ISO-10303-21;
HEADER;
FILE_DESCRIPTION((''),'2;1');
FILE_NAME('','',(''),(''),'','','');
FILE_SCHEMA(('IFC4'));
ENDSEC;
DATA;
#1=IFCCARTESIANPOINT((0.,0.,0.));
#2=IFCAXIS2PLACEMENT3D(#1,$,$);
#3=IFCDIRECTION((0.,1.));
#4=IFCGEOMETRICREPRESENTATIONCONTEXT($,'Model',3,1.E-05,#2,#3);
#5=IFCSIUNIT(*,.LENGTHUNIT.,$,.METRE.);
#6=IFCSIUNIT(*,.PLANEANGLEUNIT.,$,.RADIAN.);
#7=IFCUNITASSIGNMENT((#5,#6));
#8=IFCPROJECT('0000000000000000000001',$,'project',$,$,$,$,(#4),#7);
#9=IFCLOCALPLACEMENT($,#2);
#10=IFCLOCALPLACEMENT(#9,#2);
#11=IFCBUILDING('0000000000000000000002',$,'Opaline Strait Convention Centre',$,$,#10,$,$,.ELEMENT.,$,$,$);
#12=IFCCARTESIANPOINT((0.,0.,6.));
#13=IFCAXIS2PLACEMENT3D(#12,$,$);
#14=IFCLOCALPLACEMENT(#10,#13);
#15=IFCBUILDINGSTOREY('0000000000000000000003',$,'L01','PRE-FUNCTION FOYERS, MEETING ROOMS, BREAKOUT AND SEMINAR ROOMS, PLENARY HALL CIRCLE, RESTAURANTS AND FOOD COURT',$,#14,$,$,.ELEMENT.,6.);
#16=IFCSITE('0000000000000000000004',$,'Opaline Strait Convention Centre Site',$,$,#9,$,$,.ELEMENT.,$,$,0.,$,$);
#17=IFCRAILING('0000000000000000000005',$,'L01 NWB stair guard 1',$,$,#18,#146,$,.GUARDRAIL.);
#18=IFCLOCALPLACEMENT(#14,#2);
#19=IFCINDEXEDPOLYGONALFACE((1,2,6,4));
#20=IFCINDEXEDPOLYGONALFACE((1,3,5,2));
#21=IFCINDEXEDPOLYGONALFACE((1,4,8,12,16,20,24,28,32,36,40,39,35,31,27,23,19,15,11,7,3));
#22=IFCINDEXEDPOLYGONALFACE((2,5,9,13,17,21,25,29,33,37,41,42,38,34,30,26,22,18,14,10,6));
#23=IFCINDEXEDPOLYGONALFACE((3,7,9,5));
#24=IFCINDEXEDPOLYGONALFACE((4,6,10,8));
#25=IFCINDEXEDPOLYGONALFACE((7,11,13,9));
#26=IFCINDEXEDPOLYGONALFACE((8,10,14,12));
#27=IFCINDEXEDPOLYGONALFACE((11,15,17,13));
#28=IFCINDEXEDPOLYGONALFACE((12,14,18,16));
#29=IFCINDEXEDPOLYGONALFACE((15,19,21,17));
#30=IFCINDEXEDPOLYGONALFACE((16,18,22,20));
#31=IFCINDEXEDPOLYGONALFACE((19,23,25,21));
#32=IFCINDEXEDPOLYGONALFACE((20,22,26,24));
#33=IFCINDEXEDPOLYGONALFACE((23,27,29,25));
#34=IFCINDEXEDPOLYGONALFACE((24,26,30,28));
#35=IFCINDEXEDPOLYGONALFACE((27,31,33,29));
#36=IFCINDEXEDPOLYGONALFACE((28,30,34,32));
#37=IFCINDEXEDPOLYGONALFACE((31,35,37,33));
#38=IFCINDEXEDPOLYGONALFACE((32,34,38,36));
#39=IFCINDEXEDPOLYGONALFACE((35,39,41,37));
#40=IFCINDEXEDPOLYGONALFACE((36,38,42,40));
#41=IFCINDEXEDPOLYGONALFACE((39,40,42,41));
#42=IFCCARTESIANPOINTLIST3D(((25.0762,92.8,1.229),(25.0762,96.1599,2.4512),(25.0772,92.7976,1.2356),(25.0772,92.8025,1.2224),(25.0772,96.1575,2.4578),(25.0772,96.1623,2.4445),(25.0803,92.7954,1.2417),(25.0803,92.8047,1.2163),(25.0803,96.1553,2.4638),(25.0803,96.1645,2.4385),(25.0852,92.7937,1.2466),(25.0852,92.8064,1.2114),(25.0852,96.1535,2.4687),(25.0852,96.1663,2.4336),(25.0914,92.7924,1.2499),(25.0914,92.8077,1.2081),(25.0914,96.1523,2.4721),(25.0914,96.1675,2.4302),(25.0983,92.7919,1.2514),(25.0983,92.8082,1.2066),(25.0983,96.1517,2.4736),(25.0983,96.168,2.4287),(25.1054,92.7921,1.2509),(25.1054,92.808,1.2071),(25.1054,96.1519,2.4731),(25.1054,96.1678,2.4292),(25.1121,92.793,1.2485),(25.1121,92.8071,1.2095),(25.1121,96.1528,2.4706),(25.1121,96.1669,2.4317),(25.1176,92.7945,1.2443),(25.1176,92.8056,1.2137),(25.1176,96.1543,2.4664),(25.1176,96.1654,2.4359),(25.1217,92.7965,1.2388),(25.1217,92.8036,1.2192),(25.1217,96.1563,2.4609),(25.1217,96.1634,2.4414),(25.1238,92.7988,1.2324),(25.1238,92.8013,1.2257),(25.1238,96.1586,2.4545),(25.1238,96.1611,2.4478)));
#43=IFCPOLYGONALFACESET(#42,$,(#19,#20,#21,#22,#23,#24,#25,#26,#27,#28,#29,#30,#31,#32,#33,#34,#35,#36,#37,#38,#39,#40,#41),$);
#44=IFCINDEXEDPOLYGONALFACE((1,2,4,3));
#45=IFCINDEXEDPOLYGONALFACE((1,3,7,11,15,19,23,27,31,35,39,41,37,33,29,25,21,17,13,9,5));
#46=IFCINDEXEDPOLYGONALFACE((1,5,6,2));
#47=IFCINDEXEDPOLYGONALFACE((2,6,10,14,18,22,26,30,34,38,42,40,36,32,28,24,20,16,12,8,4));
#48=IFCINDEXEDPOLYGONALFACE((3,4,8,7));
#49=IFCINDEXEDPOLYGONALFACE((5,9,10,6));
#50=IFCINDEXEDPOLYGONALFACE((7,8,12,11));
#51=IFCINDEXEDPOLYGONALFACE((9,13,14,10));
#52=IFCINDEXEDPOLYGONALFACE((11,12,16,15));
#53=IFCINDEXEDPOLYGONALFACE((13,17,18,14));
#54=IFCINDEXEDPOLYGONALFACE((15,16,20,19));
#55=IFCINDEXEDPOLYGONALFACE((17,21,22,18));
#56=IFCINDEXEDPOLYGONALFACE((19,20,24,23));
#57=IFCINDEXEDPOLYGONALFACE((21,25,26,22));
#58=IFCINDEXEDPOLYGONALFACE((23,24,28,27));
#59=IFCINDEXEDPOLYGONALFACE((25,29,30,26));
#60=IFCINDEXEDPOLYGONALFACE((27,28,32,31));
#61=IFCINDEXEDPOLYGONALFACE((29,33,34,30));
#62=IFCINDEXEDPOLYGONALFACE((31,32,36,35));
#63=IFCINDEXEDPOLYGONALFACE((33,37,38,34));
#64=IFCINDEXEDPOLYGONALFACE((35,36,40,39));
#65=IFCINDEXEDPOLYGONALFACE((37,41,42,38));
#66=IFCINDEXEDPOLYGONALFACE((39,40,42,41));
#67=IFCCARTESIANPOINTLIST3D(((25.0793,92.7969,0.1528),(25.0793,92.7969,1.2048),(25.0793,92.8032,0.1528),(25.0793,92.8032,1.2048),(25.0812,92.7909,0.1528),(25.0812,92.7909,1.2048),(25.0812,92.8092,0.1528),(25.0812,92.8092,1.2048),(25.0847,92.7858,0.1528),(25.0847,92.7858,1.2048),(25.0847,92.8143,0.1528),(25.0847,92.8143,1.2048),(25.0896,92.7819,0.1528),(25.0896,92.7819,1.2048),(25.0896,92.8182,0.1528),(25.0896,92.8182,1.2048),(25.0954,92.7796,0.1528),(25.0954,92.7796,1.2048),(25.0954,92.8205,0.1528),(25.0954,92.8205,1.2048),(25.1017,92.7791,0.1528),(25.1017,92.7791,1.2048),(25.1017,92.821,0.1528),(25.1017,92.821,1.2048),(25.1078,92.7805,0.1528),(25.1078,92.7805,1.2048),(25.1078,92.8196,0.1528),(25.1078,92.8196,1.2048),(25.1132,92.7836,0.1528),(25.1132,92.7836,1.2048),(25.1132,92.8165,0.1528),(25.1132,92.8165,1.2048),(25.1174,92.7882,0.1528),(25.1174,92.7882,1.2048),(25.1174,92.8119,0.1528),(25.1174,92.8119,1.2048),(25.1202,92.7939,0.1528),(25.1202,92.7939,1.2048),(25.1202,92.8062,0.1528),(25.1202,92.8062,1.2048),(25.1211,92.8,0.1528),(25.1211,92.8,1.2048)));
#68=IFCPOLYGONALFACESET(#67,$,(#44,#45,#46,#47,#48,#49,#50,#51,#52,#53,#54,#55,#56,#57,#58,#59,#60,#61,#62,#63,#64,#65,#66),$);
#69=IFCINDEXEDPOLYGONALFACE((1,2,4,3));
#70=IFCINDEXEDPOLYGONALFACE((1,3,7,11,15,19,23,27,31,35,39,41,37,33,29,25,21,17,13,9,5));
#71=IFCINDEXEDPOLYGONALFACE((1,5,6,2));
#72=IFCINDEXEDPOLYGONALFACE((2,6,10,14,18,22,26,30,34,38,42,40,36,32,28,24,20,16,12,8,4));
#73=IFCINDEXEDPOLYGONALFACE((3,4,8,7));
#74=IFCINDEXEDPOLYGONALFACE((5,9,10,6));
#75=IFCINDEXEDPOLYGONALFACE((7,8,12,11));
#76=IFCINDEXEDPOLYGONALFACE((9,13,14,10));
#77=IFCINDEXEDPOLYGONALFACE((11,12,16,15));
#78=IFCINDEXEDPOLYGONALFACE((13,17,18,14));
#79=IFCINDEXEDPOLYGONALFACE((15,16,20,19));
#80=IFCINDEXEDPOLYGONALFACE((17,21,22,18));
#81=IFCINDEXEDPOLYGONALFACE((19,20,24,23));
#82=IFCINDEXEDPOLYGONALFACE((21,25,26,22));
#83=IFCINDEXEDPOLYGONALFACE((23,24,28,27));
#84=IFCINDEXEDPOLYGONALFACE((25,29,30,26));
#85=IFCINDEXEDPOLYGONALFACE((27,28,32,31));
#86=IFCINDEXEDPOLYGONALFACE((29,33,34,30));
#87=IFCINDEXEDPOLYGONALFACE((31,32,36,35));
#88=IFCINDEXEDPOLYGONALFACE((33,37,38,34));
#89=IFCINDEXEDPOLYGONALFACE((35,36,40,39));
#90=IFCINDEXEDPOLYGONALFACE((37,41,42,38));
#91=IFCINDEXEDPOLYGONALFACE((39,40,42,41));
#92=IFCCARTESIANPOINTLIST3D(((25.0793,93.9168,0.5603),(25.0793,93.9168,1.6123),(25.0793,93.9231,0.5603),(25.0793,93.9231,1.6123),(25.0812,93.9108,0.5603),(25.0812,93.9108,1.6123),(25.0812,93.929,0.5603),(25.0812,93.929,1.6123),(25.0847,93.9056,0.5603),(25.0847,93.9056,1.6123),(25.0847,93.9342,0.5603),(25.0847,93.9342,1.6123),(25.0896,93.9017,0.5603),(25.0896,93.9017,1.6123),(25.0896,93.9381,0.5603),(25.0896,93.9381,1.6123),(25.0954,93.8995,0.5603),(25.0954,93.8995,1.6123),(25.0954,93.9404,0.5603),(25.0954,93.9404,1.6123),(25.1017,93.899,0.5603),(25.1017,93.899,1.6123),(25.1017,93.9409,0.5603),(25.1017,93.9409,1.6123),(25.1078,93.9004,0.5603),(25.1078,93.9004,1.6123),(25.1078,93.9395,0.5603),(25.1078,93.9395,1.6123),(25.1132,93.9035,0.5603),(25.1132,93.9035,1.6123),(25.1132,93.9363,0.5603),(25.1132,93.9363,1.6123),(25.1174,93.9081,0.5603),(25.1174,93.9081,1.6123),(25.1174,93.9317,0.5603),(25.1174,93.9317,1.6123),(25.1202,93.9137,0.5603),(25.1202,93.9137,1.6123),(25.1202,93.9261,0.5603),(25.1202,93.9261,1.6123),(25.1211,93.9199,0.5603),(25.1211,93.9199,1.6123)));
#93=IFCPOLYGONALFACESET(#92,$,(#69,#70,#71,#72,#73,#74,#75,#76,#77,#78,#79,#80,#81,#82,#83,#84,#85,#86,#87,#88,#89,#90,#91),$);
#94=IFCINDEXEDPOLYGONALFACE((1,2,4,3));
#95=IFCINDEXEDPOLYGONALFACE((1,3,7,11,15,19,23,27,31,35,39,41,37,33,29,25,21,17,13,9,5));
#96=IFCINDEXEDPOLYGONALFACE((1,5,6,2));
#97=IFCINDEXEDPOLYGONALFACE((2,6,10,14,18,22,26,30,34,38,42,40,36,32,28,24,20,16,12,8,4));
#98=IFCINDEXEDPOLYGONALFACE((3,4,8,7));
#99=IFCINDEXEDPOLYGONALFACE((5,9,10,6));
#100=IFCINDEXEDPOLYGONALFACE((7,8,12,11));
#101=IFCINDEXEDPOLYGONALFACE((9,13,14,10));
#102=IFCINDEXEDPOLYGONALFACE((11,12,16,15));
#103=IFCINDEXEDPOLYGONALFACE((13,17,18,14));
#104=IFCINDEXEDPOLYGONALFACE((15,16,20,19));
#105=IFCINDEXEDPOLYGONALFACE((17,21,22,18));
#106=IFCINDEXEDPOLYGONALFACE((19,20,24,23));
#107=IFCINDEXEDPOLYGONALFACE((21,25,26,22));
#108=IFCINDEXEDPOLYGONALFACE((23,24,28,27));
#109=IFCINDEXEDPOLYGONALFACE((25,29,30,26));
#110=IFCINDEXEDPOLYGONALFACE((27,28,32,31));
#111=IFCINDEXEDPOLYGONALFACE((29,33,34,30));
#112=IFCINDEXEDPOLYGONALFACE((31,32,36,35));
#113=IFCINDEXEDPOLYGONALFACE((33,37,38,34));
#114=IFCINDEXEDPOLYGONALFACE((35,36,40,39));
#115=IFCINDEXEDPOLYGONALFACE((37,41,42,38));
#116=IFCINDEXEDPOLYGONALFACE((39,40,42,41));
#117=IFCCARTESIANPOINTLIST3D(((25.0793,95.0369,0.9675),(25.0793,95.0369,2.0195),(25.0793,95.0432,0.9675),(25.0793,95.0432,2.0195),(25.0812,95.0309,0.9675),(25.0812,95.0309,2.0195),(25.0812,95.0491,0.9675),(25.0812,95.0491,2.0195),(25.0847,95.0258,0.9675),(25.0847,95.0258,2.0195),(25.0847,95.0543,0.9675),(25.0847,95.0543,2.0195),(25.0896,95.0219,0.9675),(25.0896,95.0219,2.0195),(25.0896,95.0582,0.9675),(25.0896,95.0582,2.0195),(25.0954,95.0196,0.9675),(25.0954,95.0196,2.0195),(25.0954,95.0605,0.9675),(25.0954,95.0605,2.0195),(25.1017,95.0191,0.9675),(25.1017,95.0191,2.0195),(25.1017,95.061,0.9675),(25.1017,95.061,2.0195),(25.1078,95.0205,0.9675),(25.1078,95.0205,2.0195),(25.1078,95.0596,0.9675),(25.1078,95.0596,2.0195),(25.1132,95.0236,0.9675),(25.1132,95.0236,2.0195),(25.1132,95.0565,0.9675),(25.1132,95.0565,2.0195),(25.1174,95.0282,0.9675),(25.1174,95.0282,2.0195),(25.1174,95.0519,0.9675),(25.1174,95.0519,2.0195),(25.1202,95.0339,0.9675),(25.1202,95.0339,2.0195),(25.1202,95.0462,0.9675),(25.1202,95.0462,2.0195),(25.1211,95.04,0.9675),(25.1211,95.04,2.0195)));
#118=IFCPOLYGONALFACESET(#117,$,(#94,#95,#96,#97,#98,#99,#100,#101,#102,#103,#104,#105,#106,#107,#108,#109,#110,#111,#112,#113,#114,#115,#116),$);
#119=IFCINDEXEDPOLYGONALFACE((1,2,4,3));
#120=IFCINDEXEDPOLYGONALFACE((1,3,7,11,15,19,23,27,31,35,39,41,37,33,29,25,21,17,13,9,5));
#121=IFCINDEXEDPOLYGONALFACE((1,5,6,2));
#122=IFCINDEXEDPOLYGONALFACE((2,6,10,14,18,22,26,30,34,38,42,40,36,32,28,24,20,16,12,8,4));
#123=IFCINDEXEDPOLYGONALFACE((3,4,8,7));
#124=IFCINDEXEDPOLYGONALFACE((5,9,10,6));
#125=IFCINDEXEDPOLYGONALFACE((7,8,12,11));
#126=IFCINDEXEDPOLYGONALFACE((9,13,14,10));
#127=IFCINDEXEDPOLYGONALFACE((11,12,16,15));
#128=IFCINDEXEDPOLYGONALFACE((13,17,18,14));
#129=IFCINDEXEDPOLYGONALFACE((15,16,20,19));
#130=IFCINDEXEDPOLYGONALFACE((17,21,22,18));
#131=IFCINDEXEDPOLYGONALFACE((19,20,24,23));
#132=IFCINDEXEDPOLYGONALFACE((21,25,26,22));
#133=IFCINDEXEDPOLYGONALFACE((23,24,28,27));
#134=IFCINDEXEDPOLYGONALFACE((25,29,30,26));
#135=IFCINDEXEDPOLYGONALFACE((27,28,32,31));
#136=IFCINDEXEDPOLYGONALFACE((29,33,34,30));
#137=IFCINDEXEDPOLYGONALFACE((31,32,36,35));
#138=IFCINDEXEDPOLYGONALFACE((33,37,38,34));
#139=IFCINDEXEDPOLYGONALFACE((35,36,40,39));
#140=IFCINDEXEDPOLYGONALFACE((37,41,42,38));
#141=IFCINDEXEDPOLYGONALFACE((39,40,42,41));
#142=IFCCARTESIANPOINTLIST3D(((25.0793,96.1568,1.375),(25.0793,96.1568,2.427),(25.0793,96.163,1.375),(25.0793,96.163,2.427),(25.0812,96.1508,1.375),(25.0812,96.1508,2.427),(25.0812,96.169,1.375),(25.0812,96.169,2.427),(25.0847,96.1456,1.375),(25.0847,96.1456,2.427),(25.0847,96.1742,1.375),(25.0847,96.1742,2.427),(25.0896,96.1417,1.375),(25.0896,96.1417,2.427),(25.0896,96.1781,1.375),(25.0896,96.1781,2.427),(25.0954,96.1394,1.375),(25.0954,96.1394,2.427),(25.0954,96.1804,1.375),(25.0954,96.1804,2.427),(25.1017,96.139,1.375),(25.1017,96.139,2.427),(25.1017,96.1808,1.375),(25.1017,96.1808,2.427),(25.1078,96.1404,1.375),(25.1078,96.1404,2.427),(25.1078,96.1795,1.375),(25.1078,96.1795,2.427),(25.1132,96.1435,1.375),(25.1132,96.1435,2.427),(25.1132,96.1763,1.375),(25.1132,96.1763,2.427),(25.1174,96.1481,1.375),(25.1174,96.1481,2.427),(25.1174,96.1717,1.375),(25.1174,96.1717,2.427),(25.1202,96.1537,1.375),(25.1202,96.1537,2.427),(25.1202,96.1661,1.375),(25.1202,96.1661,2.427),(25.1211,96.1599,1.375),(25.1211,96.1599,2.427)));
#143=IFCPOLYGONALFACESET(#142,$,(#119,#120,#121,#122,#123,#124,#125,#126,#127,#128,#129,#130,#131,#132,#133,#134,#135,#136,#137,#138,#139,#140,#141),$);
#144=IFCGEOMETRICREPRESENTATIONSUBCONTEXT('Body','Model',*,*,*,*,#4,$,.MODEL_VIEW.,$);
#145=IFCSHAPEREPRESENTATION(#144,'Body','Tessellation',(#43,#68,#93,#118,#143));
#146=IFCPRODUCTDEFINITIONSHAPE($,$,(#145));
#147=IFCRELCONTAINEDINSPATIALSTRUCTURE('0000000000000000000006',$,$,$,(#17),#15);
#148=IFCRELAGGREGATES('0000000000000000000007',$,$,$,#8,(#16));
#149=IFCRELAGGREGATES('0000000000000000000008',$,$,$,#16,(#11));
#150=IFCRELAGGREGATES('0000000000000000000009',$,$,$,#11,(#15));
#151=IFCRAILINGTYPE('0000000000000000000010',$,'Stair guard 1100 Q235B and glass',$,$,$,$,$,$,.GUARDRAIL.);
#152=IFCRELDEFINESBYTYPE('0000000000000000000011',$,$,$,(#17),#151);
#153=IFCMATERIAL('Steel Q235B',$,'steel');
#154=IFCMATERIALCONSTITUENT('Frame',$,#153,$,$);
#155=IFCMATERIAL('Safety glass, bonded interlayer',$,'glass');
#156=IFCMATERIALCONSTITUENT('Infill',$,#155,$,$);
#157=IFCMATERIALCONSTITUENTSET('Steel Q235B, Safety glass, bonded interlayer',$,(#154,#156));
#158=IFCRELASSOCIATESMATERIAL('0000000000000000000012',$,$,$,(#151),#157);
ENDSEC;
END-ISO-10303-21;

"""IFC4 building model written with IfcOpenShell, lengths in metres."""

from ifc_helpers import new_model, si_unit, direction, frame, origin, origin_2d, place, context, subcontext, project, spatial, circle, extrude, material, constituent, constituent_set, type_object, element, save


model = new_model("IFC4")

# Units and contexts
model_context = context("Model", 3, precision=1e-05, world=origin(), true_north=direction((0.0, 1.0)))
body_context = subcontext(model_context, "Body", "Model", "MODEL_VIEW")
ifc_project = project(units=[si_unit("LENGTHUNIT", "METRE"), si_unit("PLANEANGLEUNIT", "RADIAN")], contexts=[model_context])

# Site, building, storey
site_placement = place(None, origin())
site = spatial("IfcSite", under=ifc_project, at=site_placement, Name="Opaline Strait Convention Centre Site", CompositionType="ELEMENT", RefElevation=0.0)
building_placement = place(site_placement, origin())
building = spatial("IfcBuilding", under=site, at=building_placement, Name="Opaline Strait Convention Centre", CompositionType="ELEMENT")
storey_placement = place(building_placement, frame((0.0, 0.0, 6.0)))
storey = spatial("IfcBuildingStorey", under=building, at=storey_placement, Name="L01", Description="PRE-FUNCTION FOYERS, MEETING ROOMS, BREAKOUT AND SEMINAR ROOMS, PLENARY HALL CIRCLE, RESTAURANTS AND FOOD COURT", CompositionType="ELEMENT", Elevation=6.0)

# Railing
ifc_material_1 = material(Name="Steel Q235B", Category="steel")
ifc_constituent_1 = constituent(ifc_material_1, Name="Frame")
ifc_material_2 = material(Name="Safety glass, bonded interlayer", Category="glass")
ifc_constituent_2 = constituent(ifc_material_2, Name="Infill")
ifc_constituent_set = constituent_set(constituents=[ifc_constituent_1, ifc_constituent_2], Name="Steel Q235B, Safety glass, bonded interlayer")
railing_type = type_object("IfcRailingType", Name="Stair guard 1100 Q235B and glass", PredefinedType="GUARDRAIL", material=ifc_constituent_set)
railing_1_placement = place(storey_placement, frame((25.1001, 92.8, 0.1528)))
element("IfcRailing", 1, at=railing_1_placement, inside=storey, type_object=railing_type, Name="L01 NWB stair guard 1", PredefinedType="GUARDRAIL", context=body_context, shape_type="SweptSolid", body=[
    extrude(circle(Radius=0.0239, at=origin_2d()), frame((0.0, 0.0, 1.0762), z_axis=(0.0, 0.939758, 0.341842), x_axis=(-1.0, 0.0, 0.0)), (0.0, 0.0, 1.0), 3.5752),
    extrude(circle(Radius=0.021, at=origin_2d()), origin(), (0.0, 0.0, 1.0), 1.052),
    extrude(circle(Radius=0.021, at=origin_2d()), frame((0.0, 1.1199, 0.4075)), (0.0, 0.0, 1.0), 1.052),
    extrude(circle(Radius=0.021, at=origin_2d()), frame((0.0, 2.24, 0.8147)), (0.0, 0.0, 1.0), 1.052),
    extrude(circle(Radius=0.021, at=origin_2d()), frame((0.0, 3.3599, 1.2222)), (0.0, 0.0, 1.0), 1.052),
])

save(model, "model.ifc")
